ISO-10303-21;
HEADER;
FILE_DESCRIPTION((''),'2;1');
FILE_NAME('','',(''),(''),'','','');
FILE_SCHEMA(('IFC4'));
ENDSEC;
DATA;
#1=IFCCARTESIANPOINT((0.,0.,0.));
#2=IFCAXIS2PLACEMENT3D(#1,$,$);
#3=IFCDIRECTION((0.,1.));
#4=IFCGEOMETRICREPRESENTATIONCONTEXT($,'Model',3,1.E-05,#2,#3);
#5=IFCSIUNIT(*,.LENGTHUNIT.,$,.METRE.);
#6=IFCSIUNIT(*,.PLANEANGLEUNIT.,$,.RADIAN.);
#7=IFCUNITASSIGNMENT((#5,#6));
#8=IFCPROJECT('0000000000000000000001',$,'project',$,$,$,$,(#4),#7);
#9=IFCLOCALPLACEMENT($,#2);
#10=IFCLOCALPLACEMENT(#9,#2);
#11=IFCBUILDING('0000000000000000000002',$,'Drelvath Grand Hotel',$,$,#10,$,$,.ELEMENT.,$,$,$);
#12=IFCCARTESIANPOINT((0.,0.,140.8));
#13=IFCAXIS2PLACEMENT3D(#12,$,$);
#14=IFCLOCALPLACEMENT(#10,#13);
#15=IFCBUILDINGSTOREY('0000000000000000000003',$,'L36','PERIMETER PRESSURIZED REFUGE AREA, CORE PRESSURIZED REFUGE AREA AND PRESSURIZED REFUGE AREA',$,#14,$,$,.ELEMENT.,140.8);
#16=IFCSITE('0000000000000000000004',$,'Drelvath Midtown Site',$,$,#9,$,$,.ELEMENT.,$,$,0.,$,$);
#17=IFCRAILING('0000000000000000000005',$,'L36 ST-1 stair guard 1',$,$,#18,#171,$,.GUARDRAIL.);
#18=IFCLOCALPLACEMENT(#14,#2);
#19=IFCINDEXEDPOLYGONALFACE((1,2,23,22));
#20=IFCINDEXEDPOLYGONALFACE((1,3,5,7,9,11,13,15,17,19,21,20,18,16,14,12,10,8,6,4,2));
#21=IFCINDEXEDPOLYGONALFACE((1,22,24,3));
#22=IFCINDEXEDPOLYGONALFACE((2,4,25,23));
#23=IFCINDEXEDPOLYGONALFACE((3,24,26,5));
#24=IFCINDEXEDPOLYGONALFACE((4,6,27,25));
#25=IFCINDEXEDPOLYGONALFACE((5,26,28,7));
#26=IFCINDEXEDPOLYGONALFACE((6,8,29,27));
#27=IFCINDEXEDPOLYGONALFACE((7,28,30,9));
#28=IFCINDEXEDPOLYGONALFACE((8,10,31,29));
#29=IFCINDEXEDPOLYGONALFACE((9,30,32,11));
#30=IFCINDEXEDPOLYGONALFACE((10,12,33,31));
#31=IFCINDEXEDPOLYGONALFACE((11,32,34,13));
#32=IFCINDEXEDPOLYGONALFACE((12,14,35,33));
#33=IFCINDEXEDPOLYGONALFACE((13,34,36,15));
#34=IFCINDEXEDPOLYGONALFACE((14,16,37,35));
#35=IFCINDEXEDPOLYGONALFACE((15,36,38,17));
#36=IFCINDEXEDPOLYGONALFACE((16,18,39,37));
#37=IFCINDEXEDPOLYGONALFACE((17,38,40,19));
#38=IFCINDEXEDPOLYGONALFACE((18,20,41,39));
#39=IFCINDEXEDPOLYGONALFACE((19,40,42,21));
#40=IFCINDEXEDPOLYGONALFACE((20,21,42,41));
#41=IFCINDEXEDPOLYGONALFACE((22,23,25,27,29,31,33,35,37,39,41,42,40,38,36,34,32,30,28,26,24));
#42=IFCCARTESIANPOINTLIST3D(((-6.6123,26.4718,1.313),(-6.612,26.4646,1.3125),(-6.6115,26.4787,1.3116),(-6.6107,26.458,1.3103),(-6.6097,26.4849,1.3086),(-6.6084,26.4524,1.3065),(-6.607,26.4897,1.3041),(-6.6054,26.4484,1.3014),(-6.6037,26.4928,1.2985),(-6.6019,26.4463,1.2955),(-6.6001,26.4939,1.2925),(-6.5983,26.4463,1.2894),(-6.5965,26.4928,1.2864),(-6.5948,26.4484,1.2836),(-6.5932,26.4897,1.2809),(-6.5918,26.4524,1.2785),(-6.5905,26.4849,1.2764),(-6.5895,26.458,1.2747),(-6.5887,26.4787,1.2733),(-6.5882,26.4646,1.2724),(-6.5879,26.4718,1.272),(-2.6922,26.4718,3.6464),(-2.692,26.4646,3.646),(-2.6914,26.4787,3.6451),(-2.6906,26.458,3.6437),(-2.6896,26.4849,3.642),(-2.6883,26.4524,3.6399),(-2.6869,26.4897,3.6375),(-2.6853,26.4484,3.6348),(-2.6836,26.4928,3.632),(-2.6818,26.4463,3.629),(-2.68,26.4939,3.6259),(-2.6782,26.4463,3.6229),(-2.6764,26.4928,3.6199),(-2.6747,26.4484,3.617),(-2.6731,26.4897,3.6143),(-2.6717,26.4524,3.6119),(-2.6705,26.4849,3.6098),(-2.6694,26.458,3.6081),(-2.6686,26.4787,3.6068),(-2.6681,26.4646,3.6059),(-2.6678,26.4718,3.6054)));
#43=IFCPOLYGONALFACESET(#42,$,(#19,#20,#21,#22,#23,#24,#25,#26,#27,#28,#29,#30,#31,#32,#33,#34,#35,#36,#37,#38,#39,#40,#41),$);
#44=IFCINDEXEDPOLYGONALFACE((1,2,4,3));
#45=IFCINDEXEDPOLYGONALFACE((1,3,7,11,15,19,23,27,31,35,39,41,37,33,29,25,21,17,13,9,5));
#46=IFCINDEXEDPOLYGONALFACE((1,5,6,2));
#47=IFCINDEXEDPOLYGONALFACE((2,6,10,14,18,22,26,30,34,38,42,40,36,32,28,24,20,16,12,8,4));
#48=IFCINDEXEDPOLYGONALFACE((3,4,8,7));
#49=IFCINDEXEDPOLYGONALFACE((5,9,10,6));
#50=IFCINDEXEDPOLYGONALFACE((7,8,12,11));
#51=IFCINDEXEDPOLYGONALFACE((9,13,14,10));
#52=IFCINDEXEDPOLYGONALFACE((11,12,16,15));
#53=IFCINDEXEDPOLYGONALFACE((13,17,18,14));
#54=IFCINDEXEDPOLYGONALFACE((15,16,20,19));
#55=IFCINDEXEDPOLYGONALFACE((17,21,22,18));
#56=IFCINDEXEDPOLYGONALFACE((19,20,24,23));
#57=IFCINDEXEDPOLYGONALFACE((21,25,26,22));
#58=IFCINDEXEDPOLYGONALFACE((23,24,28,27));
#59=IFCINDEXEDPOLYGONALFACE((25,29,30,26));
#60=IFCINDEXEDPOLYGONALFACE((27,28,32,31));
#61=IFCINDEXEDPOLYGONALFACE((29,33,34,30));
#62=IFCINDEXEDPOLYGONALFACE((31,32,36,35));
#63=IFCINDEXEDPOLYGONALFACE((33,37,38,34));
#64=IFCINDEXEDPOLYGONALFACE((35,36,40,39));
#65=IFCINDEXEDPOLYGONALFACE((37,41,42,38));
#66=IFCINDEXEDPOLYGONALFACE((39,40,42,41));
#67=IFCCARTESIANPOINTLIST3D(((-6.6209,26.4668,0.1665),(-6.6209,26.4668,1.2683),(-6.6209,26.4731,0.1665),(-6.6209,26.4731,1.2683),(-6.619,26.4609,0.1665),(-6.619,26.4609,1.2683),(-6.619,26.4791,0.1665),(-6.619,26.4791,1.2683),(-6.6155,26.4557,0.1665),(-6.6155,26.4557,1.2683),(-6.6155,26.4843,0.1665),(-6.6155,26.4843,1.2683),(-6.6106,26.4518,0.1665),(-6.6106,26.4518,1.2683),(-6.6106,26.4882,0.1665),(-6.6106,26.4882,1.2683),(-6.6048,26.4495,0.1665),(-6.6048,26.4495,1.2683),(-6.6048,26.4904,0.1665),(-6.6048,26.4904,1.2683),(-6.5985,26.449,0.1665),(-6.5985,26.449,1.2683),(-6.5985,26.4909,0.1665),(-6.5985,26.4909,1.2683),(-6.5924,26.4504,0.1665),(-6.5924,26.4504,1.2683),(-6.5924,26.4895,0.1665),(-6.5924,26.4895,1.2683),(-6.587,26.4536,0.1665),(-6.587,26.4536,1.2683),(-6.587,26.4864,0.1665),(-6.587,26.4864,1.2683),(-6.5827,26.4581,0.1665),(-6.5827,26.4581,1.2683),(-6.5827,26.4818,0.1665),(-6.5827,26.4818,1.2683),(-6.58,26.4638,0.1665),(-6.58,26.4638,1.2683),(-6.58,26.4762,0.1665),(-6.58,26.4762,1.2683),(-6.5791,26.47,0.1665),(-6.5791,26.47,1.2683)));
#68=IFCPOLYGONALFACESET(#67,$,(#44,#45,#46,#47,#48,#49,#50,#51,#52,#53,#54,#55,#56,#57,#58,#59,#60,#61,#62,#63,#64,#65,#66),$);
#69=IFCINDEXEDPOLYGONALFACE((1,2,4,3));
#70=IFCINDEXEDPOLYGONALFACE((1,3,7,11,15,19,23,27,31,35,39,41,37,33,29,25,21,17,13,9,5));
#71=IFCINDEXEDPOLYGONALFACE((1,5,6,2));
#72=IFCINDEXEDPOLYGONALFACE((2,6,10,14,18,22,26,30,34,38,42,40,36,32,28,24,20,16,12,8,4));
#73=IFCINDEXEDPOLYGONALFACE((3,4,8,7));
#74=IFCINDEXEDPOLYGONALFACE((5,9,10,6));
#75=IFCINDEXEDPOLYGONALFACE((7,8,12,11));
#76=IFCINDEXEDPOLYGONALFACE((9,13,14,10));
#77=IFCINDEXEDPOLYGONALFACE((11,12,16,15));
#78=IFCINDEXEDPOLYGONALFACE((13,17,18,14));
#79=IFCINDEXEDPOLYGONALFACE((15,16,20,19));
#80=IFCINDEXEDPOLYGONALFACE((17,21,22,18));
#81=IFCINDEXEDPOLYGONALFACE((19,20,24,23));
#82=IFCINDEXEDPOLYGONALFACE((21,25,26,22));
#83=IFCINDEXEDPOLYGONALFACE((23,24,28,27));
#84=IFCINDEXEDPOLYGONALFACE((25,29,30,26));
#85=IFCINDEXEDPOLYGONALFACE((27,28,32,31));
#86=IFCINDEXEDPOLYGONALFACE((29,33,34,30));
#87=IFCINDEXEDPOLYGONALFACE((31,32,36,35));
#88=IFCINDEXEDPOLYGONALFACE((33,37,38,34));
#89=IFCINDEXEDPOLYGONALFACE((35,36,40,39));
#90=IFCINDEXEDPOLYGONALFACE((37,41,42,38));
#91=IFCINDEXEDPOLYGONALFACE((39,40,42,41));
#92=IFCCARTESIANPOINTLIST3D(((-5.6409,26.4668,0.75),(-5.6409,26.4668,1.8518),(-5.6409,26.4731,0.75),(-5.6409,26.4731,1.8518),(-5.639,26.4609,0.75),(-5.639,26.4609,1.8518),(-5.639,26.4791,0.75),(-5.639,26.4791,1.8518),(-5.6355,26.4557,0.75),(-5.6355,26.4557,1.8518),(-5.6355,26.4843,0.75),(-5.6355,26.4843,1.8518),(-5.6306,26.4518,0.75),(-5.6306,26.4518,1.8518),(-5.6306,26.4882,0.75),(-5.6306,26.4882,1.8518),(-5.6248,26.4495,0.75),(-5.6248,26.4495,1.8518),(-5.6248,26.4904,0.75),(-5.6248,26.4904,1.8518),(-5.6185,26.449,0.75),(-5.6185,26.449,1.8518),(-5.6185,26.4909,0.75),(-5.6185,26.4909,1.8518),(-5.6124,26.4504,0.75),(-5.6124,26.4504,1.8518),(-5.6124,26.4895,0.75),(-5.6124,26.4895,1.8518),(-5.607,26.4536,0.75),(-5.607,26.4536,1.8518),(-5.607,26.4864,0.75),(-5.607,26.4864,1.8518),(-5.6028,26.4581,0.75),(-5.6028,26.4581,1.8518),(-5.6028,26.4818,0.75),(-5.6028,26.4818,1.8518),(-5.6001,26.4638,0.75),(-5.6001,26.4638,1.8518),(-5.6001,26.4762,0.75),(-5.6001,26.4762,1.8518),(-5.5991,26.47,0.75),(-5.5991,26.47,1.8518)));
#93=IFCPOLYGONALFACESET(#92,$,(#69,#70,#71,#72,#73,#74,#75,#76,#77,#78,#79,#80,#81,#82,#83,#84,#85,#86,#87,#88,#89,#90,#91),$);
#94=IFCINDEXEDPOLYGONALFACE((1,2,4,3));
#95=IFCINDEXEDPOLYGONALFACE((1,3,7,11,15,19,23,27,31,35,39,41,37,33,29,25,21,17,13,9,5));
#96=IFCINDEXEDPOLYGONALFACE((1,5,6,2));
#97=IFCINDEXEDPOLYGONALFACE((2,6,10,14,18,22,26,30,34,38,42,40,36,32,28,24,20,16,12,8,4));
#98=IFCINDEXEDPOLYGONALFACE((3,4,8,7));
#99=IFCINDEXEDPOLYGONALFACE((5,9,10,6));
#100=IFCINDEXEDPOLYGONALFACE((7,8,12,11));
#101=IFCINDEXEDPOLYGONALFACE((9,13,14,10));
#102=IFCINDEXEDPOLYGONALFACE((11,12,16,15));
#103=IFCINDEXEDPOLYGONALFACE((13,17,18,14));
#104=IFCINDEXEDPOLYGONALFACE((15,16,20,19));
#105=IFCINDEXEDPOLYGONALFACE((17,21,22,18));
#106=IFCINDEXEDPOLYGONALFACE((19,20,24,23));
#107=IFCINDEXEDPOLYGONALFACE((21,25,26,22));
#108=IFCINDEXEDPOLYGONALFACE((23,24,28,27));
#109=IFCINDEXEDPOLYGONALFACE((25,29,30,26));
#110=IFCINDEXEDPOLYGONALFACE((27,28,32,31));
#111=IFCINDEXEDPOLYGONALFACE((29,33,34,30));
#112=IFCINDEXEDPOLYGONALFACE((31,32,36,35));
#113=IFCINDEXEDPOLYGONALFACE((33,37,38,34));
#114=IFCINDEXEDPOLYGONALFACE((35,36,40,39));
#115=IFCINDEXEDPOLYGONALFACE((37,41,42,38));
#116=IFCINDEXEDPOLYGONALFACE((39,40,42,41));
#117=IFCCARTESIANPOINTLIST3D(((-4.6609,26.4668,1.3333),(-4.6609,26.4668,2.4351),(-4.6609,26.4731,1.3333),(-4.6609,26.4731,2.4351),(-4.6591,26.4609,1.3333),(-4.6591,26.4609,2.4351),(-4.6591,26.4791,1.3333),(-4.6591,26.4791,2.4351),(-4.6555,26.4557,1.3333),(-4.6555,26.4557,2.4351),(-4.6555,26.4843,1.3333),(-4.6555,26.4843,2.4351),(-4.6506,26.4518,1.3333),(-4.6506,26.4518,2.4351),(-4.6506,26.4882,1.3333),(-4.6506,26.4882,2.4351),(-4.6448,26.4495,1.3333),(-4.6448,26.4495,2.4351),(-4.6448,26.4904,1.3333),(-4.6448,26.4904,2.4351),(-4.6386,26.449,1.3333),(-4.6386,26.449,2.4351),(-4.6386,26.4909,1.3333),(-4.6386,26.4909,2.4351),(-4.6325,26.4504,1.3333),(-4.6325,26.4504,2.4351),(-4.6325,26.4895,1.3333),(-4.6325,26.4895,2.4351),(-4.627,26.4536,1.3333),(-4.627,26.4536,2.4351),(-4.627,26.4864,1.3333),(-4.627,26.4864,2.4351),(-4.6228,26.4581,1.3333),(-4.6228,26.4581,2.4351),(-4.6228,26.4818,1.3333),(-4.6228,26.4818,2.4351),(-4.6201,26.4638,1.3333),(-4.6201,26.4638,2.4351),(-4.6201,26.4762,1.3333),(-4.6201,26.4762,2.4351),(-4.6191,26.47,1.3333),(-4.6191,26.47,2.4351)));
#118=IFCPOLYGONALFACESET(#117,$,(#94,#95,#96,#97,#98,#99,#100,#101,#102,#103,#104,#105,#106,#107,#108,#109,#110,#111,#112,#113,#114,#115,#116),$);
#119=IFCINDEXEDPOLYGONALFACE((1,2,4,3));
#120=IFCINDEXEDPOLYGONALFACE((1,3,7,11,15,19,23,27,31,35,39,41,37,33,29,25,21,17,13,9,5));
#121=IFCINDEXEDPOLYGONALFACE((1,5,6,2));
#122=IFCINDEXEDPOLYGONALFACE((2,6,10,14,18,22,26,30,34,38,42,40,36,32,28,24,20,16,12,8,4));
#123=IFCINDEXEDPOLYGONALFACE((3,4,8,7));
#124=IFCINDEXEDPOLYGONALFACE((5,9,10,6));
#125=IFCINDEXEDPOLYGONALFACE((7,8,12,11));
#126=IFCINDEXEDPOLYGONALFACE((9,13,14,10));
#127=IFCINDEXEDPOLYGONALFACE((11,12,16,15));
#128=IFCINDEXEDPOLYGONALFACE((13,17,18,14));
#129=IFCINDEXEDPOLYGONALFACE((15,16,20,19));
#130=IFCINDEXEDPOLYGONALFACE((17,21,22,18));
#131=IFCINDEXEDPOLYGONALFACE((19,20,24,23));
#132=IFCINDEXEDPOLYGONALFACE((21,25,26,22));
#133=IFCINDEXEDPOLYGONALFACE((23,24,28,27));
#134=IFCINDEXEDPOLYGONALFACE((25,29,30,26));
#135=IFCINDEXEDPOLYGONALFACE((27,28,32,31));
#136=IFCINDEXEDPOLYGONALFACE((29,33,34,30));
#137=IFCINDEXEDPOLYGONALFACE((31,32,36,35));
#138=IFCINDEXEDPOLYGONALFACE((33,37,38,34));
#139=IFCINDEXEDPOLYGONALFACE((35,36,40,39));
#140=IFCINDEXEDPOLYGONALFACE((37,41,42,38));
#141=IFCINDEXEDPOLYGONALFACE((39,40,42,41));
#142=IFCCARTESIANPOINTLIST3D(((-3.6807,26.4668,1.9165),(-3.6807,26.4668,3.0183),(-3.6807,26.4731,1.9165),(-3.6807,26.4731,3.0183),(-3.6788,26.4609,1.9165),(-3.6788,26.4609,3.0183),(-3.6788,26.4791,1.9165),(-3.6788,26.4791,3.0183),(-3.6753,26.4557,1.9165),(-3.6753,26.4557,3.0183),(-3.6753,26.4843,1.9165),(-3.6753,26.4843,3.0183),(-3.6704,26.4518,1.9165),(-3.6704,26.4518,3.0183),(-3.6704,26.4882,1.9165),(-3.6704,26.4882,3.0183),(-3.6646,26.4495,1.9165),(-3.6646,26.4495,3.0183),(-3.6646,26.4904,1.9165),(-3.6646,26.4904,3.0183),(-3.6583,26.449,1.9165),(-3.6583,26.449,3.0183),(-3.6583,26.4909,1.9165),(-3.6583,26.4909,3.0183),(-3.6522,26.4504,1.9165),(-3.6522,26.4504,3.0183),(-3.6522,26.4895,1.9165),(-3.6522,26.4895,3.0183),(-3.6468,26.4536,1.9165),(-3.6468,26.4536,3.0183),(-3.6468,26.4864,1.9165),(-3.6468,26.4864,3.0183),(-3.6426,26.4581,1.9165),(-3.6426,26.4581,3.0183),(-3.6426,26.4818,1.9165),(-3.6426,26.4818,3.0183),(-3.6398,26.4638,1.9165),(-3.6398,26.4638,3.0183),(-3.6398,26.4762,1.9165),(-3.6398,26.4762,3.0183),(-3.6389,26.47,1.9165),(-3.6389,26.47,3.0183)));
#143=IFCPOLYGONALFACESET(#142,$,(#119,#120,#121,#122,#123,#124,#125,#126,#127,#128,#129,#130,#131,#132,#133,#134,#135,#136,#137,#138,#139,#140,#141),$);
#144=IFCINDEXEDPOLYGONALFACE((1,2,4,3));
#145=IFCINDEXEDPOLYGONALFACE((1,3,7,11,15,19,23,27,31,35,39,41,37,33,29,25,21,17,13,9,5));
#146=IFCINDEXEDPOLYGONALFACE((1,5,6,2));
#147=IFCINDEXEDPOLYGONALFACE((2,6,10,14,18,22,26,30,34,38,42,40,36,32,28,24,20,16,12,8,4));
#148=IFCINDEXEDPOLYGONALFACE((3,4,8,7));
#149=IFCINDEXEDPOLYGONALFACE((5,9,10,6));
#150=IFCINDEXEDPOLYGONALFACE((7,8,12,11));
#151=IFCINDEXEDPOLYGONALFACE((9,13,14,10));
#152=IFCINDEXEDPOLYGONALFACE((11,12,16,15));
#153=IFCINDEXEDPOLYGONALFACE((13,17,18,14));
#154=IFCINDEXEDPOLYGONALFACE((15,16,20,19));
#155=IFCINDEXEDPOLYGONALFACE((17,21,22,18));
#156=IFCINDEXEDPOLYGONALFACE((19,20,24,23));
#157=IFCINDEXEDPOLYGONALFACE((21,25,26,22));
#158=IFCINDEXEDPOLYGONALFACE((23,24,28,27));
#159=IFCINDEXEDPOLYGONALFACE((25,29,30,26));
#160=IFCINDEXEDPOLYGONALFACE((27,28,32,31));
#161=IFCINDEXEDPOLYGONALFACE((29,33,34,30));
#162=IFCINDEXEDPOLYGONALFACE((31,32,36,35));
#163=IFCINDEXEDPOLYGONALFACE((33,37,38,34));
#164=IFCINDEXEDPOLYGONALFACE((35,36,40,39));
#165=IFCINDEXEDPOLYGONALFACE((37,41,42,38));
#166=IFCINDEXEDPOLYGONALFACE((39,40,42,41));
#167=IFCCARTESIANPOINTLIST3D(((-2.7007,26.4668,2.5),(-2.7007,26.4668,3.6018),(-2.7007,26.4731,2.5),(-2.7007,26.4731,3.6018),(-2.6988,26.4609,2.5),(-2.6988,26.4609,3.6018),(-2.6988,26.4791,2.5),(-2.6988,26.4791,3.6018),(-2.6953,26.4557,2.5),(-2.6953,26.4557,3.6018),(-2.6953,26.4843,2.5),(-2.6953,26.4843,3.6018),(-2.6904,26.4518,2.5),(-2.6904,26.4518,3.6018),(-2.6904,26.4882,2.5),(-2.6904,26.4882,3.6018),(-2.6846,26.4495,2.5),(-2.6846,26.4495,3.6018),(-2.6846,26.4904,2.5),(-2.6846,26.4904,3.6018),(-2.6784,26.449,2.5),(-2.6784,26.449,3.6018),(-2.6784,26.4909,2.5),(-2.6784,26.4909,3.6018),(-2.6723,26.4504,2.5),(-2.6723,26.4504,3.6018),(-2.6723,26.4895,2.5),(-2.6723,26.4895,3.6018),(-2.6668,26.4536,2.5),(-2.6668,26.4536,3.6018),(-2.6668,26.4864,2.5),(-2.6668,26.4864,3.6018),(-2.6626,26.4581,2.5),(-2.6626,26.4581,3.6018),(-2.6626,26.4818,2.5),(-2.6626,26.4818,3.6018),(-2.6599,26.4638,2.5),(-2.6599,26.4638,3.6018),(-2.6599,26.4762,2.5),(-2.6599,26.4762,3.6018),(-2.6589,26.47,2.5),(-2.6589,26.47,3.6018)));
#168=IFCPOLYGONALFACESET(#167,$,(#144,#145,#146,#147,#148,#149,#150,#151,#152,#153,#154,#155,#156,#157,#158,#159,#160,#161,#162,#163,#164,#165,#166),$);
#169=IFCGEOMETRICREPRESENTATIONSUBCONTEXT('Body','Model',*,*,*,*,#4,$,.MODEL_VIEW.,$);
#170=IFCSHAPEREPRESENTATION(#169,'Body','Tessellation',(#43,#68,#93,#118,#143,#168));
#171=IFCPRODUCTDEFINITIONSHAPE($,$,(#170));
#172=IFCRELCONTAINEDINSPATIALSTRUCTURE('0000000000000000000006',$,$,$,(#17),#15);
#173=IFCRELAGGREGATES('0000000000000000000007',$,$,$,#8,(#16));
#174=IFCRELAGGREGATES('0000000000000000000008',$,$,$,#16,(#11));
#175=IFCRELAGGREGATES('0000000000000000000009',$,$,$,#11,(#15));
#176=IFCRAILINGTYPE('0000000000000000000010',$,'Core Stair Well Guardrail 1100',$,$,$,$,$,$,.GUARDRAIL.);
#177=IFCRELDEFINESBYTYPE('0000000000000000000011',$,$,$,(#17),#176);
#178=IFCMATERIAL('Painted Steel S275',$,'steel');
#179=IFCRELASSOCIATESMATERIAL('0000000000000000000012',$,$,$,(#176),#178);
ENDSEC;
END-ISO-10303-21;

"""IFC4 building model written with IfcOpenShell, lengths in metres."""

from ifc_helpers import new_model, si_unit, direction, frame, origin, origin_2d, place, context, subcontext, project, spatial, circle, extrude, material, type_object, element, save


model = new_model("IFC4")

# Units and contexts
model_context = context("Model", 3, precision=1e-05, world=origin(), true_north=direction((0.0, 1.0)))
body_context = subcontext(model_context, "Body", "Model", "MODEL_VIEW")
ifc_project = project(units=[si_unit("LENGTHUNIT", "METRE"), si_unit("PLANEANGLEUNIT", "RADIAN")], contexts=[model_context])

# Site, building, storey
site_placement = place(None, origin())
site = spatial("IfcSite", under=ifc_project, at=site_placement, Name="Drelvath Midtown Site", CompositionType="ELEMENT", RefElevation=0.0)
building_placement = place(site_placement, origin())
building = spatial("IfcBuilding", under=site, at=building_placement, Name="Drelvath Grand Hotel", CompositionType="ELEMENT")
storey_placement = place(building_placement, frame((0.0, 0.0, 140.8)))
storey = spatial("IfcBuildingStorey", under=building, at=storey_placement, Name="L36", Description="PERIMETER PRESSURIZED REFUGE AREA, CORE PRESSURIZED REFUGE AREA AND PRESSURIZED REFUGE AREA", CompositionType="ELEMENT", Elevation=140.8)

# Shared definitions
ifc_material_1 = material(Name="Painted Steel S275", Category="steel")

# Railing
railing_type_1 = type_object("IfcRailingType", Name="Core Stair Well Guardrail 1100", PredefinedType="GUARDRAIL", material=ifc_material_1)
railing_1_placement = place(storey_placement, frame((-6.6001, 26.47, 0.1665)))
element("IfcRailing", 1, at=railing_1_placement, inside=storey, type_object=railing_type_1, Name="L36 ST-1 stair guard 1", PredefinedType="GUARDRAIL", context=body_context, shape_type="SweptSolid", body=[
    extrude(circle(Radius=0.0239, at=origin_2d()), frame((0.0, 0.0, 1.126), z_axis=(0.859287, 0.0, 0.511494), x_axis=(0.0, 1.0, 0.0)), (0.0, 0.0, 1.0), 4.562),
    extrude(circle(Radius=0.021, at=origin_2d()), origin(), (0.0, 0.0, 1.0), 1.1018),
    extrude(circle(Radius=0.021, at=origin_2d()), frame((0.98, 0.0, 0.5835)), (0.0, 0.0, 1.0), 1.1018),
    extrude(circle(Radius=0.021, at=origin_2d()), frame((1.96, 0.0, 1.1667)), (0.0, 0.0, 1.0), 1.1018),
    extrude(circle(Radius=0.021, at=origin_2d()), frame((2.9402, 0.0, 1.75)), (0.0, 0.0, 1.0), 1.1018),
    extrude(circle(Radius=0.021, at=origin_2d()), frame((3.9202, 0.0, 2.3335)), (0.0, 0.0, 1.0), 1.1018),
])

save(model, "model.ifc")
